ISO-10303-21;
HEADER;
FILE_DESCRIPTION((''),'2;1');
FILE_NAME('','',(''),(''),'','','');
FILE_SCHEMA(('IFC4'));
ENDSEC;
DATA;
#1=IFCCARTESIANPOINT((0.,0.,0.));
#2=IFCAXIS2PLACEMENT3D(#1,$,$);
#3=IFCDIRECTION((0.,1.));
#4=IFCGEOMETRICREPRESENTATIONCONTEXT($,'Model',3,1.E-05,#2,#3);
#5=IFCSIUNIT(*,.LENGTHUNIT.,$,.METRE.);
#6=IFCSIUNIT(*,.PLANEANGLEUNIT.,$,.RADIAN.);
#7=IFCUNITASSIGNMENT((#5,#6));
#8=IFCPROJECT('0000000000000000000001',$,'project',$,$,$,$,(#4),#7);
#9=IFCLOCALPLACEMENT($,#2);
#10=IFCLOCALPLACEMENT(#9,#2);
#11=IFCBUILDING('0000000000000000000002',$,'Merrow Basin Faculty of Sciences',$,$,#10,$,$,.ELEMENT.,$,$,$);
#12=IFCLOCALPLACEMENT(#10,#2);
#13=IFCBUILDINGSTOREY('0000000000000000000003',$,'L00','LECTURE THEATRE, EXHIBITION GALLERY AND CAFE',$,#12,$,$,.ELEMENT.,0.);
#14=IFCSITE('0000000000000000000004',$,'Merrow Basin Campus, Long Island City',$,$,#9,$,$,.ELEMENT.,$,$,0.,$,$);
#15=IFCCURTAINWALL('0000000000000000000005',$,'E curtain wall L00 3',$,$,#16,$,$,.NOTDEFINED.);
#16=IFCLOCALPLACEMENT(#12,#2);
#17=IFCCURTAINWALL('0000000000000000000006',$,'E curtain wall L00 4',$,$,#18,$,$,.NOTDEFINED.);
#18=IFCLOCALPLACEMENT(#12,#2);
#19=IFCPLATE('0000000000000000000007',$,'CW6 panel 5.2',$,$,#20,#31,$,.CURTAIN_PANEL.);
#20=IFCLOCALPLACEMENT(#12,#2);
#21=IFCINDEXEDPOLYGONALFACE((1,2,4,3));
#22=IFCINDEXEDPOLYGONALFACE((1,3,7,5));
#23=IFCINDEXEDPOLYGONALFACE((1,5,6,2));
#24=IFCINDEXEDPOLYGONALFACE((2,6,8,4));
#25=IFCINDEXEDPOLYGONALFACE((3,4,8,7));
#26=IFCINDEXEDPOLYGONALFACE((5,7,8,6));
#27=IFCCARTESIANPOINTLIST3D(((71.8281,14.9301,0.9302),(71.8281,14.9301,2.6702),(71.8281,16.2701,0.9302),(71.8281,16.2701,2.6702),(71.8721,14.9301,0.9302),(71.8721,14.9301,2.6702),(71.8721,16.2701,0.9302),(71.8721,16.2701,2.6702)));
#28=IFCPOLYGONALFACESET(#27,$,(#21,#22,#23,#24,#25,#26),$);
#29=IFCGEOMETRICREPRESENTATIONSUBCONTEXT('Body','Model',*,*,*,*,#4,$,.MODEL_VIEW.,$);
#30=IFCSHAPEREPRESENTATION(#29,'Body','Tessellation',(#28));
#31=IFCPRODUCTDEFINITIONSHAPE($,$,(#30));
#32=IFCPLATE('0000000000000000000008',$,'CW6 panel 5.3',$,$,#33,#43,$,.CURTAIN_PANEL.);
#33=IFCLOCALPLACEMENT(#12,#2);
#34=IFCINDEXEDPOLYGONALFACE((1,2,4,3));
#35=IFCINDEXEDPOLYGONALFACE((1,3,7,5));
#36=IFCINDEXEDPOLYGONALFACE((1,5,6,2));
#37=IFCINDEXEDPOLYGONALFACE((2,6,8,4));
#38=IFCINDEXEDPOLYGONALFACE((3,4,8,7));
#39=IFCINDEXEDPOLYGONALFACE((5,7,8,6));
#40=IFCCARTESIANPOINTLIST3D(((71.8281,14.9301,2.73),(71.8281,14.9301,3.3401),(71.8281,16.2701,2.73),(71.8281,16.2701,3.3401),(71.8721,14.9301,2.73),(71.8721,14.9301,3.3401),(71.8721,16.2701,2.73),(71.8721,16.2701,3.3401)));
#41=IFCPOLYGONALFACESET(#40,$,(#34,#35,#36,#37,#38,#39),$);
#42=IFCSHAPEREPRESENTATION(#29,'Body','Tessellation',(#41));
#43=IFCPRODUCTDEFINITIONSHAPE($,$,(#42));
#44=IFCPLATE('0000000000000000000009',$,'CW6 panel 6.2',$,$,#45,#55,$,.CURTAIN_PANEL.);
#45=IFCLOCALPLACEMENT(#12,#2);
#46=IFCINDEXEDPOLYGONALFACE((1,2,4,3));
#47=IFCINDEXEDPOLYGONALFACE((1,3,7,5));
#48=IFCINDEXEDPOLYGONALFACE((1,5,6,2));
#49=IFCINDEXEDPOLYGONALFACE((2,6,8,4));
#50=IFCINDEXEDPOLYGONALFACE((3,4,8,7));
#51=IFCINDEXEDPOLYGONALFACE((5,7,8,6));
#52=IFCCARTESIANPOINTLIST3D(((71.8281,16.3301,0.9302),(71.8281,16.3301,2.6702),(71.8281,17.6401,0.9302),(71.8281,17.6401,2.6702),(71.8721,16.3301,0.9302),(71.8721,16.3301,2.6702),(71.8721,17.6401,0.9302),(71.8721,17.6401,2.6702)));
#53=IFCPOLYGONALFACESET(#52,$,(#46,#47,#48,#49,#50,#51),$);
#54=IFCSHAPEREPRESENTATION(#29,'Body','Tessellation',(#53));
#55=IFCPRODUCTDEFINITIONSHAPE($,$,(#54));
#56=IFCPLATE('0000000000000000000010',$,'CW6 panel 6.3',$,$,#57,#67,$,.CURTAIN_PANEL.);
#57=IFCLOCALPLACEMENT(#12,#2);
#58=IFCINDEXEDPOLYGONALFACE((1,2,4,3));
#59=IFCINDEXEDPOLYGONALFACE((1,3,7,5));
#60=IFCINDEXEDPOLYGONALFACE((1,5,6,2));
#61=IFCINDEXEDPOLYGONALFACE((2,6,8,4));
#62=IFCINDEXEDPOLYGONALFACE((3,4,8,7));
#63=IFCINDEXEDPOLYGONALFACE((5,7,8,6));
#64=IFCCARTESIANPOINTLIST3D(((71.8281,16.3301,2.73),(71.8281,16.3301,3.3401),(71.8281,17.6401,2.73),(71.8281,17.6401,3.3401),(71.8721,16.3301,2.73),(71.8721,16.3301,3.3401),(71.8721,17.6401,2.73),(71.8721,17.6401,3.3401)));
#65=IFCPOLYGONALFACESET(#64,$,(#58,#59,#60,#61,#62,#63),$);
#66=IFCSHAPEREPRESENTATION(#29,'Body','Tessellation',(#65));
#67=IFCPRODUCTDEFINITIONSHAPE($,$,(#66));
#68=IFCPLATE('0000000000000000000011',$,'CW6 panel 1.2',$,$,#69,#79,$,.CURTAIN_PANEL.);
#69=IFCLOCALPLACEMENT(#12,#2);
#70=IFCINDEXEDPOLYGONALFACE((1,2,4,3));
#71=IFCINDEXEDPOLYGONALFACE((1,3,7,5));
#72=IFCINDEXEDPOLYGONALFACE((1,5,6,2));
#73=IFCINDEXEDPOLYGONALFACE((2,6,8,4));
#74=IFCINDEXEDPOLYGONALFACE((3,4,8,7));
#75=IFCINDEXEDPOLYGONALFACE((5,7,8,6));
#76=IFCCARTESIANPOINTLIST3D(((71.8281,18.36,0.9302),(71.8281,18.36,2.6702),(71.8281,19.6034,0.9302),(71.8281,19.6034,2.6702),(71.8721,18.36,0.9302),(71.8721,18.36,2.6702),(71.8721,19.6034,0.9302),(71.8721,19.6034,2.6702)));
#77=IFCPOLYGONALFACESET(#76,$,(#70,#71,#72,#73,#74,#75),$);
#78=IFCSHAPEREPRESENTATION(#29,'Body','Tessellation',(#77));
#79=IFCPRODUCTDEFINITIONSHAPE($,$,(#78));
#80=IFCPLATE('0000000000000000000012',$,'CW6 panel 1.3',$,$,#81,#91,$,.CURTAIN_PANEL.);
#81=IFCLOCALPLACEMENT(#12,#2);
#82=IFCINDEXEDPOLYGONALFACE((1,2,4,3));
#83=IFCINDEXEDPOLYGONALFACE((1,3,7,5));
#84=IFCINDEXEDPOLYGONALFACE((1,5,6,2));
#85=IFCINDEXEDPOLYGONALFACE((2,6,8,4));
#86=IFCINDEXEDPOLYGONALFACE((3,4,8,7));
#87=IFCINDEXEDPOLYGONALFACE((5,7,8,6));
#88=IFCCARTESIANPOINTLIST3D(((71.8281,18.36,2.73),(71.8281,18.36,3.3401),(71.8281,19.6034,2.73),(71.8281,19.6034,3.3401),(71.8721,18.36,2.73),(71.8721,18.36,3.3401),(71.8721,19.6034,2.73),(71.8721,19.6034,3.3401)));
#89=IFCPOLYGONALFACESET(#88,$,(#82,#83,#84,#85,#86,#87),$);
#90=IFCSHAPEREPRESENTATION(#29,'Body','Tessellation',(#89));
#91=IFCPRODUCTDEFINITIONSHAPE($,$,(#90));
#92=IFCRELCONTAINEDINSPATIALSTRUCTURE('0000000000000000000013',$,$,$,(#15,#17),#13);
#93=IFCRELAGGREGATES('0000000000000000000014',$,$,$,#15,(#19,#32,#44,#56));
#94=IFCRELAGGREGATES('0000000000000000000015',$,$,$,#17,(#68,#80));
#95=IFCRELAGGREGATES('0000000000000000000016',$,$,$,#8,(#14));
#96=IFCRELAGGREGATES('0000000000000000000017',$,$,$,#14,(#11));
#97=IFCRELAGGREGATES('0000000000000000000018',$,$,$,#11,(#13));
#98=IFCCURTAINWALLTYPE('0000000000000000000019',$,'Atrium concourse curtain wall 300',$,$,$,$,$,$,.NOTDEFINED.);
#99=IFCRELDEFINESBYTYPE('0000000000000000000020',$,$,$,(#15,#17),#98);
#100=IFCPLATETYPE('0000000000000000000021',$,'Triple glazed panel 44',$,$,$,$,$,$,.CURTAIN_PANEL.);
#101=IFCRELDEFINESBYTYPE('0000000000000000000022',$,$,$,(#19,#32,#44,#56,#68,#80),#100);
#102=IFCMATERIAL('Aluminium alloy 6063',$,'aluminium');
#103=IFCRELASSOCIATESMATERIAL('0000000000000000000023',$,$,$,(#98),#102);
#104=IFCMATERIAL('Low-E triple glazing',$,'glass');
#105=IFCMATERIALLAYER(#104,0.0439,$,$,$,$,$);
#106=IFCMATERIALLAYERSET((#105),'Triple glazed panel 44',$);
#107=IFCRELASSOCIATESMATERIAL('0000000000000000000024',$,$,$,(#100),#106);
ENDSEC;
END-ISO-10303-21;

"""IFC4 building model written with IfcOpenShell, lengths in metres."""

from ifc_helpers import new_model, si_unit, direction, frame, origin, origin_2d, place, context, subcontext, project, spatial, rectangle, extrude, material, layer, layer_set, type_object, element, aggregate, save


model = new_model("IFC4")

# Units and contexts
model_context = context("Model", 3, precision=1e-05, world=origin(), true_north=direction((0.0, 1.0)))
body_context = subcontext(model_context, "Body", "Model", "MODEL_VIEW")
ifc_project = project(units=[si_unit("LENGTHUNIT", "METRE"), si_unit("PLANEANGLEUNIT", "RADIAN")], contexts=[model_context])

# Site, building, storey
site_placement = place(None, origin())
site = spatial("IfcSite", under=ifc_project, at=site_placement, Name="Merrow Basin Campus, Long Island City", CompositionType="ELEMENT", RefElevation=0.0)
building_placement = place(site_placement, origin())
building = spatial("IfcBuilding", under=site, at=building_placement, Name="Merrow Basin Faculty of Sciences", CompositionType="ELEMENT")
storey_placement = place(building_placement, origin())
storey = spatial("IfcBuildingStorey", under=building, at=storey_placement, Name="L00", Description="LECTURE THEATRE, EXHIBITION GALLERY AND CAFE", CompositionType="ELEMENT", Elevation=0.0)

# Curtain walls
ifc_material_1 = material(Name="Aluminium alloy 6063", Category="aluminium")
curtain_wall_type = type_object("IfcCurtainWallType", Name="Atrium concourse curtain wall 300", PredefinedType="NOTDEFINED", material=ifc_material_1)
curtain_wall_1_placement = place(storey_placement, origin())
curtain_wall_1 = element("IfcCurtainWall", 1, at=curtain_wall_1_placement, inside=storey, type_object=curtain_wall_type, Name="E curtain wall L00 3", PredefinedType="NOTDEFINED")
curtain_wall_2_placement = place(storey_placement, origin())
curtain_wall_2 = element("IfcCurtainWall", 2, at=curtain_wall_2_placement, inside=storey, type_object=curtain_wall_type, Name="E curtain wall L00 4", PredefinedType="NOTDEFINED")

# Plates
ifc_material_2 = material(Name="Low-E triple glazing", Category="glass")
ifc_layer_1 = layer(ifc_material_2, 0.0439)
ifc_layer_set_1 = layer_set([ifc_layer_1], Name="Triple glazed panel 44")
plate_type_1 = type_object("IfcPlateType", Name="Triple glazed panel 44", PredefinedType="CURTAIN_PANEL", material=ifc_layer_set_1)
plate_1_placement = place(storey_placement, frame((71.8501, 15.6001, 0.9302), z_axis=(0.0, 0.0, 1.0), x_axis=(0.0, 1.0, 0.0)))
plate_1 = element("IfcPlate", 3, at=plate_1_placement, type_object=plate_type_1, Name="CW6 panel 5.2", PredefinedType="CURTAIN_PANEL", context=body_context, shape_type="SweptSolid", body=[
    extrude(rectangle(XDim=1.3401, YDim=0.0439, at=origin_2d()), origin(), (0.0, 0.0, 1.0), 1.74),
])
plate_2_placement = place(storey_placement, frame((71.8501, 15.6001, 2.73), z_axis=(0.0, 0.0, 1.0), x_axis=(0.0, 1.0, 0.0)))
plate_2 = element("IfcPlate", 4, at=plate_2_placement, type_object=plate_type_1, Name="CW6 panel 5.3", PredefinedType="CURTAIN_PANEL", context=body_context, shape_type="SweptSolid", body=[
    extrude(rectangle(XDim=1.3401, YDim=0.0439, at=origin_2d()), origin(), (0.0, 0.0, 1.0), 0.6101),
])
plate_3_placement = place(storey_placement, frame((71.8501, 16.9851, 0.9302), z_axis=(0.0, 0.0, 1.0), x_axis=(0.0, 1.0, 0.0)))
plate_3 = element("IfcPlate", 5, at=plate_3_placement, type_object=plate_type_1, Name="CW6 panel 6.2", PredefinedType="CURTAIN_PANEL", context=body_context, shape_type="SweptSolid", body=[
    extrude(rectangle(XDim=1.3101, YDim=0.0439, at=origin_2d()), origin(), (0.0, 0.0, 1.0), 1.74),
])
plate_4_placement = place(storey_placement, frame((71.8501, 16.9851, 2.73), z_axis=(0.0, 0.0, 1.0), x_axis=(0.0, 1.0, 0.0)))
plate_4 = element("IfcPlate", 6, at=plate_4_placement, type_object=plate_type_1, Name="CW6 panel 6.3", PredefinedType="CURTAIN_PANEL", context=body_context, shape_type="SweptSolid", body=[
    extrude(rectangle(XDim=1.3101, YDim=0.0439, at=origin_2d()), origin(), (0.0, 0.0, 1.0), 0.6101),
])
aggregate(curtain_wall_1, [plate_1, plate_2, plate_3, plate_4])
plate_5_placement = place(storey_placement, frame((71.8501, 18.9817, 0.9302), z_axis=(0.0, 0.0, 1.0), x_axis=(0.0, 1.0, 0.0)))
plate_5 = element("IfcPlate", 7, at=plate_5_placement, type_object=plate_type_1, Name="CW6 panel 1.2", PredefinedType="CURTAIN_PANEL", context=body_context, shape_type="SweptSolid", body=[
    extrude(rectangle(XDim=1.2434, YDim=0.0439, at=origin_2d()), origin(), (0.0, 0.0, 1.0), 1.74),
])
plate_6_placement = place(storey_placement, frame((71.8501, 18.9817, 2.73), z_axis=(0.0, 0.0, 1.0), x_axis=(0.0, 1.0, 0.0)))
plate_6 = element("IfcPlate", 8, at=plate_6_placement, type_object=plate_type_1, Name="CW6 panel 1.3", PredefinedType="CURTAIN_PANEL", context=body_context, shape_type="SweptSolid", body=[
    extrude(rectangle(XDim=1.2434, YDim=0.0439, at=origin_2d()), origin(), (0.0, 0.0, 1.0), 0.6101),
])
aggregate(curtain_wall_2, [plate_5, plate_6])

save(model, "model.ifc")
